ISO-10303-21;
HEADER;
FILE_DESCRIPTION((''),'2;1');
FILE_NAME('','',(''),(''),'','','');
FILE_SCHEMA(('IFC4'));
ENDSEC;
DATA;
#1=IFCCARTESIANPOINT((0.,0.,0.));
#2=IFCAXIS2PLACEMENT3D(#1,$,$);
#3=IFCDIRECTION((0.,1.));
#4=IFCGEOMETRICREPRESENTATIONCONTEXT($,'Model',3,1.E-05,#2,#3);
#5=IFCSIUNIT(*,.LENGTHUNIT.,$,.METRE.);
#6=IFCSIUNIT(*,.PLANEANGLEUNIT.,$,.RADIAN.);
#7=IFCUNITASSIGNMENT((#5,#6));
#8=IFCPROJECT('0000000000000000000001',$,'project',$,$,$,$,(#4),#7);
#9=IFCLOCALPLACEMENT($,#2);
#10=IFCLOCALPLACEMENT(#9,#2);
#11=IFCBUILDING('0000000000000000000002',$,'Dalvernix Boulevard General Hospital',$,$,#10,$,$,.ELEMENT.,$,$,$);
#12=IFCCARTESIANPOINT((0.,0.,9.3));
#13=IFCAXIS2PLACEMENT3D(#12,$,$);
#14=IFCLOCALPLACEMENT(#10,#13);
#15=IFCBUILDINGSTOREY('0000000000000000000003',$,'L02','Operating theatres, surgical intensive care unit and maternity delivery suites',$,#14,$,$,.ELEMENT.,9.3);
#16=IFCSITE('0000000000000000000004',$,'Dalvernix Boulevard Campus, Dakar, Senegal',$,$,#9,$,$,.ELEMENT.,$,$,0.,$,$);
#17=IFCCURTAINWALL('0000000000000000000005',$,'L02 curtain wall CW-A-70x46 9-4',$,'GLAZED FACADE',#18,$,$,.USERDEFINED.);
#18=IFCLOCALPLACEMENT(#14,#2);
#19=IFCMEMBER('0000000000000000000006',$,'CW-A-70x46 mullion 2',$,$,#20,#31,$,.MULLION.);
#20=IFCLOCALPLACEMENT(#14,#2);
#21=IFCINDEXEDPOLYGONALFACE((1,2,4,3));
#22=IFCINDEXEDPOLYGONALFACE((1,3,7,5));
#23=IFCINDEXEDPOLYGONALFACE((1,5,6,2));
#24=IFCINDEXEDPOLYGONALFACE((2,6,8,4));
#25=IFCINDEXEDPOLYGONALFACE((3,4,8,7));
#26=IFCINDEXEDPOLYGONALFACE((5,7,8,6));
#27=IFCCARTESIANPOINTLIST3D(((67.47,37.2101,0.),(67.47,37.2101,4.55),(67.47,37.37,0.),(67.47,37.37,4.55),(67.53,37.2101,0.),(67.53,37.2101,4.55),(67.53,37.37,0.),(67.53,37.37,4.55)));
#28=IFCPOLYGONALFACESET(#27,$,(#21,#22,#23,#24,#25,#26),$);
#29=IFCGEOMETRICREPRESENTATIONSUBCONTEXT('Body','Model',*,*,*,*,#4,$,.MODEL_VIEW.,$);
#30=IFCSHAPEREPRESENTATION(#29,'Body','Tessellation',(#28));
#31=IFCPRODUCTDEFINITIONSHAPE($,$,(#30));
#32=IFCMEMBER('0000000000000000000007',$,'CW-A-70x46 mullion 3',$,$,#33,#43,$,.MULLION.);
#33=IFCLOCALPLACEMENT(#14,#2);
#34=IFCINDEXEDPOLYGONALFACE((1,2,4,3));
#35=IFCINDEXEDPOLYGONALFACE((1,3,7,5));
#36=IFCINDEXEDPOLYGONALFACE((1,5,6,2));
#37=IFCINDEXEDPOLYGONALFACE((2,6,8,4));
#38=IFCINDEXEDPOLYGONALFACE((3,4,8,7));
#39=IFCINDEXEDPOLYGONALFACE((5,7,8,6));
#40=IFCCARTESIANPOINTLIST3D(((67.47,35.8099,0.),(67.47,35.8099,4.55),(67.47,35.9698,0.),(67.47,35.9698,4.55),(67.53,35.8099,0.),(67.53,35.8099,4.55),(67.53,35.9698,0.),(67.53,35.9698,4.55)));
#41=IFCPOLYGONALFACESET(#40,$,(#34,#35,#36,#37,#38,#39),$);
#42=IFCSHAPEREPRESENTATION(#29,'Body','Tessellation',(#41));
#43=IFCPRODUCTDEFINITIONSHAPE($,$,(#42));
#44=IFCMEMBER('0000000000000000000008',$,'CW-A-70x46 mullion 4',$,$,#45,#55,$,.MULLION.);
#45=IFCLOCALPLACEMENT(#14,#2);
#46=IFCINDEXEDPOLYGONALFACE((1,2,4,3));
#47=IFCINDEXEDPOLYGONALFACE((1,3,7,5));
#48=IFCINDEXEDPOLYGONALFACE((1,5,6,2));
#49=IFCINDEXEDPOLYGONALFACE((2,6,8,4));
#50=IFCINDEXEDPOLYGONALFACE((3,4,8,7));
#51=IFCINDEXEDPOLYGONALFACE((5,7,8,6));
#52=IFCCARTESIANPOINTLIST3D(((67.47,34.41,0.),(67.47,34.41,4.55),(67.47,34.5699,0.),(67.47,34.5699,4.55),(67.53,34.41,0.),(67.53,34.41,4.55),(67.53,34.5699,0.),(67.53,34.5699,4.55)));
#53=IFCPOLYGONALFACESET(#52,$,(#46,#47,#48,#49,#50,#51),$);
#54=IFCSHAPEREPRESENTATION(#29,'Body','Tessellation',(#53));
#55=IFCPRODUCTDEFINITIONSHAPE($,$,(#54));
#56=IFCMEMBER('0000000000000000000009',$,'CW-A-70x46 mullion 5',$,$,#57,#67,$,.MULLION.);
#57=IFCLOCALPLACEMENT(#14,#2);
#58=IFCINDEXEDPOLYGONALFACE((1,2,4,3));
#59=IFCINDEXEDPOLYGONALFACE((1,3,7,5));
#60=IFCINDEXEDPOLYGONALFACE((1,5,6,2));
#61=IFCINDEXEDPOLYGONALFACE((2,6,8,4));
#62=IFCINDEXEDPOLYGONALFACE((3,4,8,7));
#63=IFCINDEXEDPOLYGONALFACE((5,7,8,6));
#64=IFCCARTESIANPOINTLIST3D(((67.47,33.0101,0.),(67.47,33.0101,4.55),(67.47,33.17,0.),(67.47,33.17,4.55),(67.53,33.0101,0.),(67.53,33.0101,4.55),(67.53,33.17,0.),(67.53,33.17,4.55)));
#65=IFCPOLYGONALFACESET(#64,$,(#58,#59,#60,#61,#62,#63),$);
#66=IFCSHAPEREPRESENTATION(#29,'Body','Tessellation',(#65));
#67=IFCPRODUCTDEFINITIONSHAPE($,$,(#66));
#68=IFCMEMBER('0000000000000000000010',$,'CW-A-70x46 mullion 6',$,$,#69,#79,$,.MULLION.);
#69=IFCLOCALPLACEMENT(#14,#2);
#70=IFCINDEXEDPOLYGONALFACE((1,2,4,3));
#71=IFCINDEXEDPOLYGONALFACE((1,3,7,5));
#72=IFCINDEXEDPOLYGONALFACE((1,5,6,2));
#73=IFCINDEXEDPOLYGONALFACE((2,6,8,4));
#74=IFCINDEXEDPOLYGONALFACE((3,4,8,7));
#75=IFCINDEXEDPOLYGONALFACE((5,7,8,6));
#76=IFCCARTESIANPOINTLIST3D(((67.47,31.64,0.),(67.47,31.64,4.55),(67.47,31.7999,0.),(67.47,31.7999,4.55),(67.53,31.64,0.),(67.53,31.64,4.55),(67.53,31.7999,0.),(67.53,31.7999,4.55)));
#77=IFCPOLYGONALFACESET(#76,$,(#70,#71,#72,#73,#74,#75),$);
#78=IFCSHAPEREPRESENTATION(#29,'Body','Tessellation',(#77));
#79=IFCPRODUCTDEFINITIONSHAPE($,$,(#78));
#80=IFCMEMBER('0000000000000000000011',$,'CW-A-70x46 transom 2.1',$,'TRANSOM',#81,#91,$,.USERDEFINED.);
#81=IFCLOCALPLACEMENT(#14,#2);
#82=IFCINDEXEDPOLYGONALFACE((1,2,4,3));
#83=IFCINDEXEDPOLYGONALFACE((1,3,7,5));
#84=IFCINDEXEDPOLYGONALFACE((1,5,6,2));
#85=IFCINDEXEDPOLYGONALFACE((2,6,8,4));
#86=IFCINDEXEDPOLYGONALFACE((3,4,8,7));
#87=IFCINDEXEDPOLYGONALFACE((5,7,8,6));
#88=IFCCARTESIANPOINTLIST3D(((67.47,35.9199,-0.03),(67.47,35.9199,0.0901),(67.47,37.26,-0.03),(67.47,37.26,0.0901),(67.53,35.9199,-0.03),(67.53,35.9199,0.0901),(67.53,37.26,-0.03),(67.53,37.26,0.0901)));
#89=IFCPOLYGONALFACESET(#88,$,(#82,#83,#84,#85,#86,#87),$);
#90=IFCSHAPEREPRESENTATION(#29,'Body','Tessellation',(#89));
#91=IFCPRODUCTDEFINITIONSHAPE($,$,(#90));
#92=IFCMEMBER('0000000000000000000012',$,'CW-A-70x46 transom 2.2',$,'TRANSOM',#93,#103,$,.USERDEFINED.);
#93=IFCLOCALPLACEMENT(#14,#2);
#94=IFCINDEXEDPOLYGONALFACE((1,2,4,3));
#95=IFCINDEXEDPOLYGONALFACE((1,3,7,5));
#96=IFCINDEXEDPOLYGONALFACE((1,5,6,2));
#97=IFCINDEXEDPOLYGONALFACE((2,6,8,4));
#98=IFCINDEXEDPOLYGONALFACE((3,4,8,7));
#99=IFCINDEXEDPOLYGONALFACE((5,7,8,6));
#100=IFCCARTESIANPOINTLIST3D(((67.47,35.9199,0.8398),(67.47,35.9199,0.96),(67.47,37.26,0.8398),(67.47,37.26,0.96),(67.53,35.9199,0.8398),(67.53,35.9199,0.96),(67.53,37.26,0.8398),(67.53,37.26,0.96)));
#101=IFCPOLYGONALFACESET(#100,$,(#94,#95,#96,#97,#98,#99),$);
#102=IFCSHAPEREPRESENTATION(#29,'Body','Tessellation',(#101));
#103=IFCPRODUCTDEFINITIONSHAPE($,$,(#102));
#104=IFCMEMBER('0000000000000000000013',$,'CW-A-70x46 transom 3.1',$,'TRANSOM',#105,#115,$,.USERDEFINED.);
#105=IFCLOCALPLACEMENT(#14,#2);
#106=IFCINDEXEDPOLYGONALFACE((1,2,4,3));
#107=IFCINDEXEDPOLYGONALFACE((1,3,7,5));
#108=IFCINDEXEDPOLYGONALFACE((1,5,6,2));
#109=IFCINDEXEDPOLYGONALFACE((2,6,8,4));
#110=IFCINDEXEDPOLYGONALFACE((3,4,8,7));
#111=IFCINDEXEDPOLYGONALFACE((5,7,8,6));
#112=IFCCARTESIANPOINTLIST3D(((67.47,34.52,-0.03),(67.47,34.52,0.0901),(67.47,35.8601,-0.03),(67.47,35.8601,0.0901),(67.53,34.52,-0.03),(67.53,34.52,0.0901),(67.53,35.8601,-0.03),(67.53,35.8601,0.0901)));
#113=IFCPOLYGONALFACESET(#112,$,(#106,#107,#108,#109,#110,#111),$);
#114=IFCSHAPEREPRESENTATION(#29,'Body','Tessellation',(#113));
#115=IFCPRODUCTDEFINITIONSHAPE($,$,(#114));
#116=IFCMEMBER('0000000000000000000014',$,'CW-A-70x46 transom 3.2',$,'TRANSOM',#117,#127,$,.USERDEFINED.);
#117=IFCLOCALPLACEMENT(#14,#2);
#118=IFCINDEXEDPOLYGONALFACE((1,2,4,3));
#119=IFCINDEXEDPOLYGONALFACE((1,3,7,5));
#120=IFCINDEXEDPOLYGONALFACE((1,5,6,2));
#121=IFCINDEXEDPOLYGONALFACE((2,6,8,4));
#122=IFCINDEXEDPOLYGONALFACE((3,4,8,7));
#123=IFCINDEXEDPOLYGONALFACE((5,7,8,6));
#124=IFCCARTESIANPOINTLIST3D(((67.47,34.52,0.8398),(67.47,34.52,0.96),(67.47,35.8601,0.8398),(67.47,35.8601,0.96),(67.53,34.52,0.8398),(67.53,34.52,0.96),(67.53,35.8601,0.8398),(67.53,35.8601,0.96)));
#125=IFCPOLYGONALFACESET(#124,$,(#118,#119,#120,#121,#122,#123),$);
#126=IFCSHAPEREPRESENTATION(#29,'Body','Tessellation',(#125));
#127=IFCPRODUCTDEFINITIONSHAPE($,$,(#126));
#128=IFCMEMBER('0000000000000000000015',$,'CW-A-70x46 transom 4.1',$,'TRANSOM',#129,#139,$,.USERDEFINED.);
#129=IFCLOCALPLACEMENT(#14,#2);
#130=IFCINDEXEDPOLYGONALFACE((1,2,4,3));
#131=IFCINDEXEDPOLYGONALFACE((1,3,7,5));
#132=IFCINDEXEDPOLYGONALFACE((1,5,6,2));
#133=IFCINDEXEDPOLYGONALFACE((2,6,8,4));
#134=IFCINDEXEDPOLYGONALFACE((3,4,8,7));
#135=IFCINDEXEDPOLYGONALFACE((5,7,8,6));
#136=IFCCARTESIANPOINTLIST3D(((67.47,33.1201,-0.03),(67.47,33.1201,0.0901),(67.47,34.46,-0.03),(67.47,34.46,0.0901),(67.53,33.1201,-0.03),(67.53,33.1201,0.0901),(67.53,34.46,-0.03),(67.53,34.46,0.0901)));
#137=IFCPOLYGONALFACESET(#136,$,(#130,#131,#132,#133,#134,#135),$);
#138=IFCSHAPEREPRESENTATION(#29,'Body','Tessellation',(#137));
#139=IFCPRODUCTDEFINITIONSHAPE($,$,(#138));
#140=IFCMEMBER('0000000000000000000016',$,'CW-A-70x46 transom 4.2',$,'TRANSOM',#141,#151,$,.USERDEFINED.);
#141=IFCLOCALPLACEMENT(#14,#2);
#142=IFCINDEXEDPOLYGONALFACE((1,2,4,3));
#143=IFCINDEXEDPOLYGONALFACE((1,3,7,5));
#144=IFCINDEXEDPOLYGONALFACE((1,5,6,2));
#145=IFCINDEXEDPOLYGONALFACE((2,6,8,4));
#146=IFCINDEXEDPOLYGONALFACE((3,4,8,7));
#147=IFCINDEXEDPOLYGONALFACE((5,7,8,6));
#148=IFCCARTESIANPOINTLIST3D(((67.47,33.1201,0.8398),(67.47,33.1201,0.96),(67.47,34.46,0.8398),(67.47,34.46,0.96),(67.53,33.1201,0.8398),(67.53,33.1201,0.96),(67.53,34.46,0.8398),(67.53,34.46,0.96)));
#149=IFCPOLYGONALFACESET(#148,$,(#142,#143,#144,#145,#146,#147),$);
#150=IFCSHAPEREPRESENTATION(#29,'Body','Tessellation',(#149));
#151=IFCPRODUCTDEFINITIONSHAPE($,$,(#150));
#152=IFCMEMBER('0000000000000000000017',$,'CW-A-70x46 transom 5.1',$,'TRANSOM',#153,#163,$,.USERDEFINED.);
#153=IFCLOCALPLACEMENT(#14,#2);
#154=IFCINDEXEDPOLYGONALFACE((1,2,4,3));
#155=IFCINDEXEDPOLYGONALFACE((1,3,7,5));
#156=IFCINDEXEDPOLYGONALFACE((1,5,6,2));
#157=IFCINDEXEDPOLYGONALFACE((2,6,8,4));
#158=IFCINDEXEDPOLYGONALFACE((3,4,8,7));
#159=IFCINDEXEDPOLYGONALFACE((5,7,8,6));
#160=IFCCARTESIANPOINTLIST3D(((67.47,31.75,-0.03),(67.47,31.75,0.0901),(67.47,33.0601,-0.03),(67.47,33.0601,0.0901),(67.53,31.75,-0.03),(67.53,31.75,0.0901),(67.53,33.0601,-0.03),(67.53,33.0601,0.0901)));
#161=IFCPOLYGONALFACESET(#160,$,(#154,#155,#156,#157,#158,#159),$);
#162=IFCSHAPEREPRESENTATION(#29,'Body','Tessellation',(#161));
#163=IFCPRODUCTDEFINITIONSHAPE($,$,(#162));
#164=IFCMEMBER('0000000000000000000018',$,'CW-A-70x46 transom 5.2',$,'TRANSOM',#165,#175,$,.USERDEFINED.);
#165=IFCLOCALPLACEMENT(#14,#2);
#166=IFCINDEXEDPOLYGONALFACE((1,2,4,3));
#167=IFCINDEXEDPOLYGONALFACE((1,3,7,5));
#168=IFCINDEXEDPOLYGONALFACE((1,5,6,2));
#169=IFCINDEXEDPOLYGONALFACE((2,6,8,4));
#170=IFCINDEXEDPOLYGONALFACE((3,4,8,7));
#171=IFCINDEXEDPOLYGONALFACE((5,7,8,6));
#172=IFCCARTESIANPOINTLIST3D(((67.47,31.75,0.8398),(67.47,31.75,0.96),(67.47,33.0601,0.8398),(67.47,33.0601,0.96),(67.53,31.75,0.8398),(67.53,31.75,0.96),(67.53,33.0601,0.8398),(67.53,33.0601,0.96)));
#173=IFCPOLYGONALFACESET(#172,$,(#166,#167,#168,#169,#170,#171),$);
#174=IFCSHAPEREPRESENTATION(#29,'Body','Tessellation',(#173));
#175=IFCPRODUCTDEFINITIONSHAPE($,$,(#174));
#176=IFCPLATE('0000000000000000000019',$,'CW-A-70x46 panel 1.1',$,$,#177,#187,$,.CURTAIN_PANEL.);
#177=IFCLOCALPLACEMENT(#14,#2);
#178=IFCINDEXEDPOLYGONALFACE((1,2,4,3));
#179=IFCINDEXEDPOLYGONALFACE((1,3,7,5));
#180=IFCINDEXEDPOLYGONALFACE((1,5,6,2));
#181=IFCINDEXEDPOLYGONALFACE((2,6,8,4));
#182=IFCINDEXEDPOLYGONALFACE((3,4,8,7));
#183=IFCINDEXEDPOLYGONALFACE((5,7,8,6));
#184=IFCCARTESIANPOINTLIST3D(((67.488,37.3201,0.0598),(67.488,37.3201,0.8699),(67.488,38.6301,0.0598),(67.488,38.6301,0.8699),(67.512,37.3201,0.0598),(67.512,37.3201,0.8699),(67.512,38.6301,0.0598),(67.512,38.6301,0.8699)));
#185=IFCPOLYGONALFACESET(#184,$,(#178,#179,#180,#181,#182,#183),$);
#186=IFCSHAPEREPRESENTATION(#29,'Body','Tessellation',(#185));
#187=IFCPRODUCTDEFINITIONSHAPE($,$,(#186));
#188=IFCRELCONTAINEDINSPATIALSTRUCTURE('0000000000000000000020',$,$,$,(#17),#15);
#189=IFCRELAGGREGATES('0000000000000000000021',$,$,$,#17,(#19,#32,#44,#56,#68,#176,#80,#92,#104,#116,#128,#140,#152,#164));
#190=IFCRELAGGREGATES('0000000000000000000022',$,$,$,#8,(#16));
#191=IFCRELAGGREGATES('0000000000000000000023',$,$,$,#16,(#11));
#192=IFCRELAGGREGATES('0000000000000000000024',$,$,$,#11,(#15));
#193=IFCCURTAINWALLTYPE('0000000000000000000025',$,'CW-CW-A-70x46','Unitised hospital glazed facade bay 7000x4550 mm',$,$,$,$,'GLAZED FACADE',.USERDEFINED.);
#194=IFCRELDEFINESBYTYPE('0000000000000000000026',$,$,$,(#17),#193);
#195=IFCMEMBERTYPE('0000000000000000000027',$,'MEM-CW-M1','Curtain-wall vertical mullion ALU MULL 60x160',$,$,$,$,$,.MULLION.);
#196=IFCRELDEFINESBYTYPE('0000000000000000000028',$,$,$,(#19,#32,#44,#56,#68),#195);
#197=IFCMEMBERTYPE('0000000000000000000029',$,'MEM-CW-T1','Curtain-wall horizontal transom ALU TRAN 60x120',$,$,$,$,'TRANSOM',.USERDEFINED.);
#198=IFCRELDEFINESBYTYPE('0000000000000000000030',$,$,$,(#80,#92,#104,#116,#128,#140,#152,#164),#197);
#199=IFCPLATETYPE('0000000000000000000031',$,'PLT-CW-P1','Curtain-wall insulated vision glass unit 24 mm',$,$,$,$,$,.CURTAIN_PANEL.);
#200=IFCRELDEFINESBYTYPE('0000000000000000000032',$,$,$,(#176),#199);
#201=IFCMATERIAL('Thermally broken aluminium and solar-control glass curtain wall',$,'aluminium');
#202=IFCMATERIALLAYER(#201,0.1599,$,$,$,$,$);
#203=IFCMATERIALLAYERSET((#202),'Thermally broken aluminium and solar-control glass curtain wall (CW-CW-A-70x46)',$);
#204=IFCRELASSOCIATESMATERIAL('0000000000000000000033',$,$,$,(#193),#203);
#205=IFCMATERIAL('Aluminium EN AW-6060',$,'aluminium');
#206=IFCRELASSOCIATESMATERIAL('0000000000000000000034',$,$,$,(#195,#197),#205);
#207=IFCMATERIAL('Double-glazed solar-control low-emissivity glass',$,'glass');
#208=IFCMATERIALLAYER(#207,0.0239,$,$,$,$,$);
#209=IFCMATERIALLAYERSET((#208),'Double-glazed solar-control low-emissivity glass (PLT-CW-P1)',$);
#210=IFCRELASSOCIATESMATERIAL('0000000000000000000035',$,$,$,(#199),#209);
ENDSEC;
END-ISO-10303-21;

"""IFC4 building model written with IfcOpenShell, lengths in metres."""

from ifc_helpers import new_model, si_unit, direction, frame, origin, origin_2d, place, context, subcontext, project, spatial, rectangle, extrude, material, layer, layer_set, material_profile, profile_set, type_object, element, aggregate, save


model = new_model("IFC4")

# Units and contexts
model_context = context("Model", 3, precision=1e-05, world=origin(), true_north=direction((0.0, 1.0)))
body_context = subcontext(model_context, "Body", "Model", "MODEL_VIEW")
ifc_project = project(units=[si_unit("LENGTHUNIT", "METRE"), si_unit("PLANEANGLEUNIT", "RADIAN")], contexts=[model_context])

# Site, building, storey
site_placement = place(None, origin())
site = spatial("IfcSite", under=ifc_project, at=site_placement, Name="Dalvernix Boulevard Campus, Dakar, Senegal", CompositionType="ELEMENT", RefElevation=0.0)
building_placement = place(site_placement, origin())
building = spatial("IfcBuilding", under=site, at=building_placement, Name="Dalvernix Boulevard General Hospital", CompositionType="ELEMENT")
storey_placement = place(building_placement, frame((0.0, 0.0, 9.3)))
storey = spatial("IfcBuildingStorey", under=building, at=storey_placement, Name="L02", Description="Operating theatres, surgical intensive care unit and maternity delivery suites", CompositionType="ELEMENT", Elevation=9.3)

# Curtain wall, members, plate
ifc_material_1 = material(Name="Thermally broken aluminium and solar-control glass curtain wall", Category="aluminium")
ifc_layer_1 = layer(ifc_material_1, 0.1599)
ifc_layer_set_1 = layer_set([ifc_layer_1], Name="Thermally broken aluminium and solar-control glass curtain wall (CW-CW-A-70x46)")
curtain_wall_type = type_object("IfcCurtainWallType", Name="CW-CW-A-70x46", Description="Unitised hospital glazed facade bay 7000x4550 mm", ElementType="GLAZED FACADE", PredefinedType="USERDEFINED", material=ifc_layer_set_1)
curtain_wall_placement = place(storey_placement, origin())
curtain_wall = element("IfcCurtainWall", 1, at=curtain_wall_placement, inside=storey, type_object=curtain_wall_type, Name="L02 curtain wall CW-A-70x46 9-4", ObjectType="GLAZED FACADE", PredefinedType="USERDEFINED")
ifc_material_2 = material(Name="Aluminium EN AW-6060", Category="aluminium")
ifc_material_profile_1 = material_profile(ifc_material_2, rectangle(XDim=0.0601, YDim=0.1599, at=origin_2d()), Name="ALU MULL 60x160")
ifc_profile_set_1 = profile_set([ifc_material_profile_1], Name="Aluminium EN AW-6060")
member_type_1 = type_object("IfcMemberType", Name="MEM-CW-M1", Description="Curtain-wall vertical mullion ALU MULL 60x160", PredefinedType="MULLION", material=ifc_profile_set_1)
member_1_placement = place(storey_placement, frame((67.5, 37.29, 0.0), z_axis=(0.0, 0.0, 1.0), x_axis=(1.0, 0.0, 0.0)))
member_1 = element("IfcMember", 2, at=member_1_placement, type_object=member_type_1, Name="CW-A-70x46 mullion 2", PredefinedType="MULLION", context=body_context, shape_type="SweptSolid", body=[
    extrude(rectangle(XDim=0.0601, YDim=0.1599, at=origin_2d()), origin(), (0.0, 0.0, 1.0), 4.55),
])
member_2_placement = place(storey_placement, frame((67.5, 35.8899, 0.0), z_axis=(0.0, 0.0, 1.0), x_axis=(1.0, 0.0, 0.0)))
member_2 = element("IfcMember", 3, at=member_2_placement, type_object=member_type_1, Name="CW-A-70x46 mullion 3", PredefinedType="MULLION", context=body_context, shape_type="SweptSolid", body=[
    extrude(rectangle(XDim=0.0601, YDim=0.1599, at=origin_2d()), origin(), (0.0, 0.0, 1.0), 4.55),
])
member_3_placement = place(storey_placement, frame((67.5, 34.49, 0.0), z_axis=(0.0, 0.0, 1.0), x_axis=(1.0, 0.0, 0.0)))
member_3 = element("IfcMember", 4, at=member_3_placement, type_object=member_type_1, Name="CW-A-70x46 mullion 4", PredefinedType="MULLION", context=body_context, shape_type="SweptSolid", body=[
    extrude(rectangle(XDim=0.0601, YDim=0.1599, at=origin_2d()), origin(), (0.0, 0.0, 1.0), 4.55),
])
member_4_placement = place(storey_placement, frame((67.5, 33.0901, 0.0), z_axis=(0.0, 0.0, 1.0), x_axis=(1.0, 0.0, 0.0)))
member_4 = element("IfcMember", 5, at=member_4_placement, type_object=member_type_1, Name="CW-A-70x46 mullion 5", PredefinedType="MULLION", context=body_context, shape_type="SweptSolid", body=[
    extrude(rectangle(XDim=0.0601, YDim=0.1599, at=origin_2d()), origin(), (0.0, 0.0, 1.0), 4.55),
])
member_5_placement = place(storey_placement, frame((67.5, 31.72, 0.0), z_axis=(0.0, 0.0, 1.0), x_axis=(1.0, 0.0, 0.0)))
member_5 = element("IfcMember", 6, at=member_5_placement, type_object=member_type_1, Name="CW-A-70x46 mullion 6", PredefinedType="MULLION", context=body_context, shape_type="SweptSolid", body=[
    extrude(rectangle(XDim=0.0601, YDim=0.1599, at=origin_2d()), origin(), (0.0, 0.0, 1.0), 4.55),
])
ifc_material_profile_2 = material_profile(ifc_material_2, rectangle(XDim=0.0601, YDim=0.1201, at=origin_2d()), Name="ALU TRAN 60x120")
ifc_profile_set_2 = profile_set([ifc_material_profile_2], Name="Aluminium EN AW-6060")
member_type_2 = type_object("IfcMemberType", Name="MEM-CW-T1", Description="Curtain-wall horizontal transom ALU TRAN 60x120", ElementType="TRANSOM", PredefinedType="USERDEFINED", material=ifc_profile_set_2)
member_6_placement = place(storey_placement, frame((67.5, 37.26, 0.03), z_axis=(0.0, -1.0, 0.0), x_axis=(1.0, 0.0, 0.0)))
member_6 = element("IfcMember", 7, at=member_6_placement, type_object=member_type_2, Name="CW-A-70x46 transom 2.1", ObjectType="TRANSOM", PredefinedType="USERDEFINED", context=body_context, shape_type="SweptSolid", body=[
    extrude(rectangle(XDim=0.0601, YDim=0.1201, at=origin_2d()), origin(), (0.0, 0.0, 1.0), 1.3401),
])
member_7_placement = place(storey_placement, frame((67.5, 37.26, 0.8999), z_axis=(0.0, -1.0, 0.0), x_axis=(1.0, 0.0, 0.0)))
member_7 = element("IfcMember", 8, at=member_7_placement, type_object=member_type_2, Name="CW-A-70x46 transom 2.2", ObjectType="TRANSOM", PredefinedType="USERDEFINED", context=body_context, shape_type="SweptSolid", body=[
    extrude(rectangle(XDim=0.0601, YDim=0.1201, at=origin_2d()), origin(), (0.0, 0.0, 1.0), 1.3401),
])
member_8_placement = place(storey_placement, frame((67.5, 35.8601, 0.03), z_axis=(0.0, -1.0, 0.0), x_axis=(1.0, 0.0, 0.0)))
member_8 = element("IfcMember", 9, at=member_8_placement, type_object=member_type_2, Name="CW-A-70x46 transom 3.1", ObjectType="TRANSOM", PredefinedType="USERDEFINED", context=body_context, shape_type="SweptSolid", body=[
    extrude(rectangle(XDim=0.0601, YDim=0.1201, at=origin_2d()), origin(), (0.0, 0.0, 1.0), 1.3401),
])
member_9_placement = place(storey_placement, frame((67.5, 35.8601, 0.8999), z_axis=(0.0, -1.0, 0.0), x_axis=(1.0, 0.0, 0.0)))
member_9 = element("IfcMember", 10, at=member_9_placement, type_object=member_type_2, Name="CW-A-70x46 transom 3.2", ObjectType="TRANSOM", PredefinedType="USERDEFINED", context=body_context, shape_type="SweptSolid", body=[
    extrude(rectangle(XDim=0.0601, YDim=0.1201, at=origin_2d()), origin(), (0.0, 0.0, 1.0), 1.3401),
])
member_10_placement = place(storey_placement, frame((67.5, 34.46, 0.03), z_axis=(0.0, -1.0, 0.0), x_axis=(1.0, 0.0, 0.0)))
member_10 = element("IfcMember", 11, at=member_10_placement, type_object=member_type_2, Name="CW-A-70x46 transom 4.1", ObjectType="TRANSOM", PredefinedType="USERDEFINED", context=body_context, shape_type="SweptSolid", body=[
    extrude(rectangle(XDim=0.0601, YDim=0.1201, at=origin_2d()), origin(), (0.0, 0.0, 1.0), 1.3398),
])
member_11_placement = place(storey_placement, frame((67.5, 34.46, 0.8999), z_axis=(0.0, -1.0, 0.0), x_axis=(1.0, 0.0, 0.0)))
member_11 = element("IfcMember", 12, at=member_11_placement, type_object=member_type_2, Name="CW-A-70x46 transom 4.2", ObjectType="TRANSOM", PredefinedType="USERDEFINED", context=body_context, shape_type="SweptSolid", body=[
    extrude(rectangle(XDim=0.0601, YDim=0.1201, at=origin_2d()), origin(), (0.0, 0.0, 1.0), 1.3398),
])
member_12_placement = place(storey_placement, frame((67.5, 33.0601, 0.03), z_axis=(0.0, -1.0, 0.0), x_axis=(1.0, 0.0, 0.0)))
member_12 = element("IfcMember", 13, at=member_12_placement, type_object=member_type_2, Name="CW-A-70x46 transom 5.1", ObjectType="TRANSOM", PredefinedType="USERDEFINED", context=body_context, shape_type="SweptSolid", body=[
    extrude(rectangle(XDim=0.0601, YDim=0.1201, at=origin_2d()), origin(), (0.0, 0.0, 1.0), 1.3101),
])
member_13_placement = place(storey_placement, frame((67.5, 33.0601, 0.8999), z_axis=(0.0, -1.0, 0.0), x_axis=(1.0, 0.0, 0.0)))
member_13 = element("IfcMember", 14, at=member_13_placement, type_object=member_type_2, Name="CW-A-70x46 transom 5.2", ObjectType="TRANSOM", PredefinedType="USERDEFINED", context=body_context, shape_type="SweptSolid", body=[
    extrude(rectangle(XDim=0.0601, YDim=0.1201, at=origin_2d()), origin(), (0.0, 0.0, 1.0), 1.3101),
])
ifc_material_3 = material(Name="Double-glazed solar-control low-emissivity glass", Category="glass")
ifc_layer_2 = layer(ifc_material_3, 0.0239)
ifc_layer_set_2 = layer_set([ifc_layer_2], Name="Double-glazed solar-control low-emissivity glass (PLT-CW-P1)")
plate_type = type_object("IfcPlateType", Name="PLT-CW-P1", Description="Curtain-wall insulated vision glass unit 24 mm", PredefinedType="CURTAIN_PANEL", material=ifc_layer_set_2)
plate_1_placement = place(storey_placement, frame((67.5, 37.9751, 0.0598), z_axis=(0.0, 0.0, 1.0), x_axis=(0.0, -1.0, 0.0)))
plate_1 = element("IfcPlate", 15, at=plate_1_placement, type_object=plate_type, Name="CW-A-70x46 panel 1.1", PredefinedType="CURTAIN_PANEL", context=body_context, shape_type="SweptSolid", body=[
    extrude(rectangle(XDim=1.3101, YDim=0.0239, at=origin_2d()), origin(), (0.0, 0.0, 1.0), 0.8101),
])
aggregate(curtain_wall, [member_1, member_2, member_3, member_4, member_5, plate_1, member_6, member_7, member_8, member_9, member_10, member_11, member_12, member_13])

save(model, "model.ifc")
